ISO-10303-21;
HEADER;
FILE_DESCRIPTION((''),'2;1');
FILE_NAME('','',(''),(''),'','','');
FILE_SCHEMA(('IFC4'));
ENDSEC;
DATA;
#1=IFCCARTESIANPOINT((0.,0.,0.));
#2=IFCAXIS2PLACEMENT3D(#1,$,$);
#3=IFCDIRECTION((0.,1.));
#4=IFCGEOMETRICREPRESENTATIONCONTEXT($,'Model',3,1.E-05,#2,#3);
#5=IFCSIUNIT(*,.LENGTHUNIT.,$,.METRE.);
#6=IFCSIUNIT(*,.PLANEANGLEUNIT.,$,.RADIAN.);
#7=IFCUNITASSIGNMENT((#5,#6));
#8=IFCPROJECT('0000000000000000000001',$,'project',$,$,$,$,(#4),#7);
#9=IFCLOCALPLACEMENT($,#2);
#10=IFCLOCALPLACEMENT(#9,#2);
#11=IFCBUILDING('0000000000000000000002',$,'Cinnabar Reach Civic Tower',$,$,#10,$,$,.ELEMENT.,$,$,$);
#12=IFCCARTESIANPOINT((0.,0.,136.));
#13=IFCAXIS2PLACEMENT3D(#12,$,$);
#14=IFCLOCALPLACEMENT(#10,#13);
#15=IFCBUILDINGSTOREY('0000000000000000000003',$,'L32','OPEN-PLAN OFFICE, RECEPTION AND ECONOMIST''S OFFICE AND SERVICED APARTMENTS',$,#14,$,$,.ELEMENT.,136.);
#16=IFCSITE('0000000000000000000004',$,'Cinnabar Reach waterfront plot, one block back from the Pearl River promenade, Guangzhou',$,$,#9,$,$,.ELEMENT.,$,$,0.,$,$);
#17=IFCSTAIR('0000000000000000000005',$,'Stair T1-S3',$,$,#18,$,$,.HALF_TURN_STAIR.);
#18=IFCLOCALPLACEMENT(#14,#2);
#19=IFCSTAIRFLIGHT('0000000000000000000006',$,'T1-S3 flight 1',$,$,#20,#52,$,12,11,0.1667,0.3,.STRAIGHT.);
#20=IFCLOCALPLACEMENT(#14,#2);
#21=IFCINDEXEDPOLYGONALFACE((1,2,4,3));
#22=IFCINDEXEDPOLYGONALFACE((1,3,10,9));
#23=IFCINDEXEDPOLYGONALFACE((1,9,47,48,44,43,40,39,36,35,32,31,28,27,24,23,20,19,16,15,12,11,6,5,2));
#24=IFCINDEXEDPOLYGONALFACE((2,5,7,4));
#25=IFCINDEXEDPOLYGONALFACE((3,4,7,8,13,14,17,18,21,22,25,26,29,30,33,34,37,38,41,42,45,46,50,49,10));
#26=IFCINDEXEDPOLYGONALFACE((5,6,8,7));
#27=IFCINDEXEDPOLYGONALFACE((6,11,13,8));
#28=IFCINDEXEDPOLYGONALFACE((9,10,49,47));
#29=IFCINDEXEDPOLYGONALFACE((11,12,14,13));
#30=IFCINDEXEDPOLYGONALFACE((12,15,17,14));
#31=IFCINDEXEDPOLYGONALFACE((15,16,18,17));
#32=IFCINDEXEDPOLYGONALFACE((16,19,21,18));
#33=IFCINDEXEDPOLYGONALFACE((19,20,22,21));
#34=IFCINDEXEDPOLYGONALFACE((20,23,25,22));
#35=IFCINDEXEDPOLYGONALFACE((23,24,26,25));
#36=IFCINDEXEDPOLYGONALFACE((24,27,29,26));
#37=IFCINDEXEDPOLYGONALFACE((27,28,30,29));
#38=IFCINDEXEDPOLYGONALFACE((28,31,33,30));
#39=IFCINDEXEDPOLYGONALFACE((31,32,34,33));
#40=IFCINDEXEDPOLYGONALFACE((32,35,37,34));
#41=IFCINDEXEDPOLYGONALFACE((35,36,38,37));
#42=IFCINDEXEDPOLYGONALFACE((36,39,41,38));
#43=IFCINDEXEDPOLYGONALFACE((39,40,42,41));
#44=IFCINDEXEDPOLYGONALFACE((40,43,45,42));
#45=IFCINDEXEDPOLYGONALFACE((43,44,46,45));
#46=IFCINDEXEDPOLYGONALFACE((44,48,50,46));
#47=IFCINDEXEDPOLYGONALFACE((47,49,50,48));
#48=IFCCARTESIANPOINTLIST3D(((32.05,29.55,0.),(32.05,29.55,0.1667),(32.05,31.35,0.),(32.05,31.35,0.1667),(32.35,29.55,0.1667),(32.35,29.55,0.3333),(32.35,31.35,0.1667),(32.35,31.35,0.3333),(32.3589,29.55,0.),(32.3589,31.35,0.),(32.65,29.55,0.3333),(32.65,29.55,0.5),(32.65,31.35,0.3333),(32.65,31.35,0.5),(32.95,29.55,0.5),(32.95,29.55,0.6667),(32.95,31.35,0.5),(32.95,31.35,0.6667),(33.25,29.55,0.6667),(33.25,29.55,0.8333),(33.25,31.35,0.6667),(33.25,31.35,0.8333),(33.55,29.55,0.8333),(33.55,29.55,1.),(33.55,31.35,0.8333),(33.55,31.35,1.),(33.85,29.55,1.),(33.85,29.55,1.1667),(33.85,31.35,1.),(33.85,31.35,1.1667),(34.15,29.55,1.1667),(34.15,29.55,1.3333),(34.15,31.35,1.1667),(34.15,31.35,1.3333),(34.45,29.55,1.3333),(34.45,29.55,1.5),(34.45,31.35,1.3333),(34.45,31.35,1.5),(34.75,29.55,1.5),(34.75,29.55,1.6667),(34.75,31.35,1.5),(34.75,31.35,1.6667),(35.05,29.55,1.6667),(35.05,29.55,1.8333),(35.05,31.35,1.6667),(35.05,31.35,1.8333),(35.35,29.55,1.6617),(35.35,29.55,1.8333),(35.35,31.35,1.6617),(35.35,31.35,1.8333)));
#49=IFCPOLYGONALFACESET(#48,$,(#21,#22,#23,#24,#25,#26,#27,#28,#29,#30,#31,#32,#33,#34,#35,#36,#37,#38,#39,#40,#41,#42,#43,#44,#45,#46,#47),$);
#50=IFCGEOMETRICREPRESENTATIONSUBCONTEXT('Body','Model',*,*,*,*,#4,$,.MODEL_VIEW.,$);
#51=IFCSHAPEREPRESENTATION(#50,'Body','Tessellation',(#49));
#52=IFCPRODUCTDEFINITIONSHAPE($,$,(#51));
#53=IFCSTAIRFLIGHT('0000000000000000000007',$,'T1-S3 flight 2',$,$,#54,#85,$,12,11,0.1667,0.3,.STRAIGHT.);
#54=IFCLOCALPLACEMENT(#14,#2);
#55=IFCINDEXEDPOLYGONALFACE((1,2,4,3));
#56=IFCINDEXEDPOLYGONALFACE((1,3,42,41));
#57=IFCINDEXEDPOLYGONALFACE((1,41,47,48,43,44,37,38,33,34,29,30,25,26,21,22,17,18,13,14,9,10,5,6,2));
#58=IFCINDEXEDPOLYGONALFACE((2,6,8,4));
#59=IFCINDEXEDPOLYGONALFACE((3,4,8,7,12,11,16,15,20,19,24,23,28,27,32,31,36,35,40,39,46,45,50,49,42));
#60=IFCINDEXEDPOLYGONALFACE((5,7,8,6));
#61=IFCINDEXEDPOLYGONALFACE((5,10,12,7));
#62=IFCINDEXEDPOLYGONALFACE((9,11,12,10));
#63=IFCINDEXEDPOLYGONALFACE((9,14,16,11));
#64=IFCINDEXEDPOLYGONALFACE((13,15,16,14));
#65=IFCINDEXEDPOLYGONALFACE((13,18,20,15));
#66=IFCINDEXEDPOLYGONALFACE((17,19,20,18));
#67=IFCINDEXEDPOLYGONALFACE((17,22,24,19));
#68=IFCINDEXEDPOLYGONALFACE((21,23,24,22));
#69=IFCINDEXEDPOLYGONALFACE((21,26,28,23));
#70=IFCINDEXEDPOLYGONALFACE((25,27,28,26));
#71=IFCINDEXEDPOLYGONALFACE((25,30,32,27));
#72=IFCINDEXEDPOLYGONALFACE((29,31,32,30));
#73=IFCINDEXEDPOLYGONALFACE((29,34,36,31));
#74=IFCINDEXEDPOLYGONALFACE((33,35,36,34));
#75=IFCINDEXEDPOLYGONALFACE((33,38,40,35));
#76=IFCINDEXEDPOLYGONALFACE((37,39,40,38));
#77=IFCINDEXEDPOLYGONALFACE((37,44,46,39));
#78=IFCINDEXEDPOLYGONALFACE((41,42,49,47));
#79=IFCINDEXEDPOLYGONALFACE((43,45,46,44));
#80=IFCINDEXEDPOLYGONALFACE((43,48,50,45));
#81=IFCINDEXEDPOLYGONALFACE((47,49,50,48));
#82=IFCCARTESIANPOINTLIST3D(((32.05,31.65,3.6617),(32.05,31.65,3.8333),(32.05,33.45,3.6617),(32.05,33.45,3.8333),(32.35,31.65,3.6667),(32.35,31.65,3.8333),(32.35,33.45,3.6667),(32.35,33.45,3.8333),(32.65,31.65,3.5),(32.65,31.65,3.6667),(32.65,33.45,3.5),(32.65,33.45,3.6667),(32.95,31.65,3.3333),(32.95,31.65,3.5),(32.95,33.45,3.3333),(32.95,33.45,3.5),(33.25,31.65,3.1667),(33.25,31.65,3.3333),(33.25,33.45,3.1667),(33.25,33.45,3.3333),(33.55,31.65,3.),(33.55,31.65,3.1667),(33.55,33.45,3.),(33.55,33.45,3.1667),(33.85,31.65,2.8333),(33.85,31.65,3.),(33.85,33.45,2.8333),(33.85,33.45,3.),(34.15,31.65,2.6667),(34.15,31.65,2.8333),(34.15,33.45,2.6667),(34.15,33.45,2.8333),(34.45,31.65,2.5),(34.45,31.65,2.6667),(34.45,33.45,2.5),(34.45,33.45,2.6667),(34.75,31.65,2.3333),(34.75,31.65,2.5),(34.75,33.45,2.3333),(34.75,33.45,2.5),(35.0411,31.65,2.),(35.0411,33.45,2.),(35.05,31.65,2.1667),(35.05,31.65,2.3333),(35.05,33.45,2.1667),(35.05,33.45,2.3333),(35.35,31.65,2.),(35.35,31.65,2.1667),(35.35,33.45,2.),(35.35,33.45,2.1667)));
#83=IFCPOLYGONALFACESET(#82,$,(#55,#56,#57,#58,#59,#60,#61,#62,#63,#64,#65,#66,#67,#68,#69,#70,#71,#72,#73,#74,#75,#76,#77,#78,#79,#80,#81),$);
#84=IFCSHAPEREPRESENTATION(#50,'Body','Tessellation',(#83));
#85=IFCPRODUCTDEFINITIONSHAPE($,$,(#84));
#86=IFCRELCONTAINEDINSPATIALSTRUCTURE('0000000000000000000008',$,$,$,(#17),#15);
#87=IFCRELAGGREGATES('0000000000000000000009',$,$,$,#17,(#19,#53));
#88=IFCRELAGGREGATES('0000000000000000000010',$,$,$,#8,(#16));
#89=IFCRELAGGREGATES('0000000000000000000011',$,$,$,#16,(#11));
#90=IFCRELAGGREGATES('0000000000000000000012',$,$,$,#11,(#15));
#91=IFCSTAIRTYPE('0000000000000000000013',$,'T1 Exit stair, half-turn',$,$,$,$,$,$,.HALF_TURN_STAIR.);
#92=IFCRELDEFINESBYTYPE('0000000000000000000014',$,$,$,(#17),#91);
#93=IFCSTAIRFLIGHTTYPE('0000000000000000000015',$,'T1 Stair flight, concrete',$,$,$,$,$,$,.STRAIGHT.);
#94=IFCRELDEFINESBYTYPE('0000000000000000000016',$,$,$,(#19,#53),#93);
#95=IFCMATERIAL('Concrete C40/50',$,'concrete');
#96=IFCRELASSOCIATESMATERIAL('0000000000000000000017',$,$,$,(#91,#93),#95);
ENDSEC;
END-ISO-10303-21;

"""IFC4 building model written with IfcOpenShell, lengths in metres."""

from ifc_helpers import new_model, si_unit, direction, frame, origin, place, context, subcontext, project, spatial, polyline, outline, extrude, material, type_object, element, aggregate, save


model = new_model("IFC4")

# Units and contexts
model_context = context("Model", 3, precision=1e-05, world=origin(), true_north=direction((0.0, 1.0)))
body_context = subcontext(model_context, "Body", "Model", "MODEL_VIEW")
ifc_project = project(units=[si_unit("LENGTHUNIT", "METRE"), si_unit("PLANEANGLEUNIT", "RADIAN")], contexts=[model_context])

# Site, building, storey
site_placement = place(None, origin())
site = spatial("IfcSite", under=ifc_project, at=site_placement, Name="Cinnabar Reach waterfront plot, one block back from the Pearl River promenade, Guangzhou", CompositionType="ELEMENT", RefElevation=0.0)
building_placement = place(site_placement, origin())
building = spatial("IfcBuilding", under=site, at=building_placement, Name="Cinnabar Reach Civic Tower", CompositionType="ELEMENT")
storey_placement = place(building_placement, frame((0.0, 0.0, 136.0)))
storey = spatial("IfcBuildingStorey", under=building, at=storey_placement, Name="L32", Description="OPEN-PLAN OFFICE, RECEPTION AND ECONOMIST'S OFFICE AND SERVICED APARTMENTS", CompositionType="ELEMENT", Elevation=136.0)

# Stair, stair flights
ifc_material_1 = material(Name="Concrete C40/50", Category="concrete")
stair_type = type_object("IfcStairType", Name="T1 Exit stair, half-turn", PredefinedType="HALF_TURN_STAIR", material=ifc_material_1)
stair_placement = place(storey_placement, origin())
stair = element("IfcStair", 1, at=stair_placement, inside=storey, type_object=stair_type, Name="Stair T1-S3", PredefinedType="HALF_TURN_STAIR")
stair_flight_type = type_object("IfcStairFlightType", Name="T1 Stair flight, concrete", PredefinedType="STRAIGHT", material=ifc_material_1)
stair_flight_1_placement = place(storey_placement, frame((32.05, 30.45, 0.0), z_axis=(0.0, 0.0, 1.0), x_axis=(1.0, 0.0, 0.0)))
stair_flight_1 = element("IfcStairFlight", 2, at=stair_flight_1_placement, type_object=stair_flight_type, Name="T1-S3 flight 1", NumberOfRisers=12, NumberOfTreads=11, PredefinedType="STRAIGHT", RiserHeight=0.1667, TreadLength=0.3, context=body_context, shape_type="SweptSolid", body=[
    extrude(outline(polyline([(0.0, 0.0), (0.0, 0.1667), (0.3, 0.1667), (0.3, 0.3333), (0.6, 0.3333), (0.6, 0.5), (0.9, 0.5), (0.9, 0.6667), (1.2, 0.6667), (1.2, 0.8333), (1.5, 0.8333), (1.5, 1.0), (1.8, 1.0), (1.8, 1.1667), (2.1, 1.1667), (2.1, 1.3333), (2.4, 1.3333), (2.4, 1.5), (2.7, 1.5), (2.7, 1.6667), (3.0, 1.6667), (3.0, 1.8333), (3.3, 1.8333), (3.3, 2.0), (3.3, 1.6617), (0.3089, 0.0), (0.0, 0.0)])), frame((0.0, 0.9, 0.0), z_axis=(0.0, -1.0, 0.0), x_axis=(1.0, 0.0, 0.0)), (0.0, 0.0, 1.0), 1.8),
])
stair_flight_2_placement = place(storey_placement, frame((35.35, 32.55, 2.0), z_axis=(0.0, 0.0, 1.0), x_axis=(-1.0, 0.0, 0.0)))
stair_flight_2 = element("IfcStairFlight", 3, at=stair_flight_2_placement, type_object=stair_flight_type, Name="T1-S3 flight 2", NumberOfRisers=12, NumberOfTreads=11, PredefinedType="STRAIGHT", RiserHeight=0.1667, TreadLength=0.3, context=body_context, shape_type="SweptSolid", body=[
    extrude(outline(polyline([(0.0, 0.0), (0.0, 0.1667), (0.3, 0.1667), (0.3, 0.3333), (0.6, 0.3333), (0.6, 0.5), (0.9, 0.5), (0.9, 0.6667), (1.2, 0.6667), (1.2, 0.8333), (1.5, 0.8333), (1.5, 1.0), (1.8, 1.0), (1.8, 1.1667), (2.1, 1.1667), (2.1, 1.3333), (2.4, 1.3333), (2.4, 1.5), (2.7, 1.5), (2.7, 1.6667), (3.0, 1.6667), (3.0, 1.8333), (3.3, 1.8333), (3.3, 2.0), (3.3, 1.6617), (0.3089, 0.0), (0.0, 0.0)])), frame((0.0, 0.9, 0.0), z_axis=(0.0, -1.0, 0.0), x_axis=(1.0, 0.0, 0.0)), (0.0, 0.0, 1.0), 1.8),
])
aggregate(stair, [stair_flight_1, stair_flight_2])

save(model, "model.ifc")
